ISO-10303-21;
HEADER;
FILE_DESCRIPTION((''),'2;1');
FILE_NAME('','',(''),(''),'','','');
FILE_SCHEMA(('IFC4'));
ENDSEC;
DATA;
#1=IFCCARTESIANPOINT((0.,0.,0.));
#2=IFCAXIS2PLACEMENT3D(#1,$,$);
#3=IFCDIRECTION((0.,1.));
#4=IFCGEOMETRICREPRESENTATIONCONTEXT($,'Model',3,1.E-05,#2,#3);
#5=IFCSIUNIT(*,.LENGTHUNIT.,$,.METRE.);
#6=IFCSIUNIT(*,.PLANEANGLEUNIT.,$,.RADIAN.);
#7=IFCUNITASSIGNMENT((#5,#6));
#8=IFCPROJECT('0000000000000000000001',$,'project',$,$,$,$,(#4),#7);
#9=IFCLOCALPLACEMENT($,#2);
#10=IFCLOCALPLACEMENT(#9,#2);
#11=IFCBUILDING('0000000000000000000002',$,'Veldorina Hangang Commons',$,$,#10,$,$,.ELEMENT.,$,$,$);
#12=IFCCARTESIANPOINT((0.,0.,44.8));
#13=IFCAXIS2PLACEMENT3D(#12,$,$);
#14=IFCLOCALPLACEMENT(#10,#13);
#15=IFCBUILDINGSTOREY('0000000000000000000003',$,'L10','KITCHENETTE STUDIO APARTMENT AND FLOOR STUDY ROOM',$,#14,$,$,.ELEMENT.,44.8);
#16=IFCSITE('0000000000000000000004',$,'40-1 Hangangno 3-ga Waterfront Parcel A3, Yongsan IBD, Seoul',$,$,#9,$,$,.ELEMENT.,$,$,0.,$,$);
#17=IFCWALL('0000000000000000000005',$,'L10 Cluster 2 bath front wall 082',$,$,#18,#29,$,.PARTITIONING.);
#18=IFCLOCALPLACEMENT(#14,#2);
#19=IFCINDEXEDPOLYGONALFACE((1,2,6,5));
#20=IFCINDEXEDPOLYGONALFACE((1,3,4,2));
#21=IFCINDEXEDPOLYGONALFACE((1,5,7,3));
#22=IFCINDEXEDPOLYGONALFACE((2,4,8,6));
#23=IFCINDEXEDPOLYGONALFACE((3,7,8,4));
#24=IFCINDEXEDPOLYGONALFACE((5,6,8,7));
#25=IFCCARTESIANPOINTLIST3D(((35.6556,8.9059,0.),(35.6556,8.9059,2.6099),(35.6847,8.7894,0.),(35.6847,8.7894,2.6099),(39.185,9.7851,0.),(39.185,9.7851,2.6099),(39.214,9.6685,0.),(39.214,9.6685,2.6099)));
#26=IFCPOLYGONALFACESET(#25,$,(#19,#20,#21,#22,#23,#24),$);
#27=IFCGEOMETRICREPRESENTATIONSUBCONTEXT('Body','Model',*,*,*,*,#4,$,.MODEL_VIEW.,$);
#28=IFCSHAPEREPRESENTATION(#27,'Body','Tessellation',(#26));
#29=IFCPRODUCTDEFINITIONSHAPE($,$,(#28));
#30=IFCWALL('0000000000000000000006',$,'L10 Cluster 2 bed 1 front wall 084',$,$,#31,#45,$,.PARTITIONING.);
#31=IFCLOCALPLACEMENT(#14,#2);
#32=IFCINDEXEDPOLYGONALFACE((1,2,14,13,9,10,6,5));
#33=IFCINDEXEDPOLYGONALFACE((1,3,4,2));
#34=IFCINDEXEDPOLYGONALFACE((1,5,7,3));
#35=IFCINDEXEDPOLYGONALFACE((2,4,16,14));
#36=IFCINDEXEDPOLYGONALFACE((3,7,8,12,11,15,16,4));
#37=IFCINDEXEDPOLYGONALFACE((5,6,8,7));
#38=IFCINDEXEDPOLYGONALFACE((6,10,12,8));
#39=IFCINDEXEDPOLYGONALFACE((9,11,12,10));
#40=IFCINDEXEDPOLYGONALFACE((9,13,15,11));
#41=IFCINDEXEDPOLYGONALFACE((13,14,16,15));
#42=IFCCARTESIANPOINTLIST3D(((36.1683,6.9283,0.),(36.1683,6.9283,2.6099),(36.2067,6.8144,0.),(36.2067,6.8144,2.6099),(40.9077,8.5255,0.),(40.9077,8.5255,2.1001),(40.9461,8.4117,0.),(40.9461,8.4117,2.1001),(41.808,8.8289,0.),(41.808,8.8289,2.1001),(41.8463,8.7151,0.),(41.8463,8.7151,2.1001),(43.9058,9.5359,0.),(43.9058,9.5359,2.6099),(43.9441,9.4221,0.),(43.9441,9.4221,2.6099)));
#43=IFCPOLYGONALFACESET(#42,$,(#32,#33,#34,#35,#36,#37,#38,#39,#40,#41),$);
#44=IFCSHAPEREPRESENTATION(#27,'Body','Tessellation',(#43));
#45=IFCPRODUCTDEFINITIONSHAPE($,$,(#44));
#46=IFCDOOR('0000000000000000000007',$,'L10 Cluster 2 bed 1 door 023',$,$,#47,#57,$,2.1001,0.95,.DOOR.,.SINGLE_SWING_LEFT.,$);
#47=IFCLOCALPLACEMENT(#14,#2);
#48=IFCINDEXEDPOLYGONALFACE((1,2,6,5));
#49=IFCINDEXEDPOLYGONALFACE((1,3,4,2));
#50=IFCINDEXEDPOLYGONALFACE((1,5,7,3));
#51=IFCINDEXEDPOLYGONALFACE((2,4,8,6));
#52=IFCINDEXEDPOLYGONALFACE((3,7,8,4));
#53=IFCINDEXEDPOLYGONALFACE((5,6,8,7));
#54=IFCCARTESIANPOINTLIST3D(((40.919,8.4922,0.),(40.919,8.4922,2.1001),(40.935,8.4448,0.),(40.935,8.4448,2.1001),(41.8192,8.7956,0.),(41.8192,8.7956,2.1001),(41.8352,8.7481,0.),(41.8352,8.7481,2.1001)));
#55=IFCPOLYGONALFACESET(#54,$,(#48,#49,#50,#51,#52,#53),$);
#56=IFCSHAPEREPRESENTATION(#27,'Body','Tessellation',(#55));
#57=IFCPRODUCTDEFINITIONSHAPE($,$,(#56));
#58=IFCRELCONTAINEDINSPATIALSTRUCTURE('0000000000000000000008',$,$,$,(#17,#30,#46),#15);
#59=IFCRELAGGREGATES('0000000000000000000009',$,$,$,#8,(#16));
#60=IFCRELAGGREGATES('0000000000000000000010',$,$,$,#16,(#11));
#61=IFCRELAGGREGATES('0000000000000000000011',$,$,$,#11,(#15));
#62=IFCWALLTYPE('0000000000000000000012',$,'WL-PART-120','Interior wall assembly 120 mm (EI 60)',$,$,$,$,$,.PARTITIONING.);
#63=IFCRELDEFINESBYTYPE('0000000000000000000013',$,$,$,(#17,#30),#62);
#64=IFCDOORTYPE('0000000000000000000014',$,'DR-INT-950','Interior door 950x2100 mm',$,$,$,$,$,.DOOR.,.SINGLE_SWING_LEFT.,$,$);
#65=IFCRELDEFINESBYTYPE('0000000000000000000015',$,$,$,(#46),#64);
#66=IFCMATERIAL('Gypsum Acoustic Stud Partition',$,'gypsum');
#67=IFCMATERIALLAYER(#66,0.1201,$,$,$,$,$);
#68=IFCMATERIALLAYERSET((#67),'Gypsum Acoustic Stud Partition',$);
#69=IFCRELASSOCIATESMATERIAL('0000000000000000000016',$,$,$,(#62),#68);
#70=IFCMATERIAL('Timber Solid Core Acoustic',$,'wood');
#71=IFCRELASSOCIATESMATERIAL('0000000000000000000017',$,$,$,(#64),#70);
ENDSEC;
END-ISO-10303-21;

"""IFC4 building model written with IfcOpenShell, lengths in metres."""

from ifc_helpers import new_model, si_unit, direction, frame, frame_2d, origin, place, context, subcontext, project, spatial, rectangle, extrude, material, layer, layer_set, type_object, element, fill, save


model = new_model("IFC4")

# Units and contexts
model_context = context("Model", 3, precision=1e-05, world=origin(), true_north=direction((0.0, 1.0)))
body_context = subcontext(model_context, "Body", "Model", "MODEL_VIEW")
ifc_project = project(units=[si_unit("LENGTHUNIT", "METRE"), si_unit("PLANEANGLEUNIT", "RADIAN")], contexts=[model_context])

# Site, building, storey
site_placement = place(None, origin())
site = spatial("IfcSite", under=ifc_project, at=site_placement, Name="40-1 Hangangno 3-ga Waterfront Parcel A3, Yongsan IBD, Seoul", CompositionType="ELEMENT", RefElevation=0.0)
building_placement = place(site_placement, origin())
building = spatial("IfcBuilding", under=site, at=building_placement, Name="Veldorina Hangang Commons", CompositionType="ELEMENT")
storey_placement = place(building_placement, frame((0.0, 0.0, 44.8)))
storey = spatial("IfcBuildingStorey", under=building, at=storey_placement, Name="L10", Description="KITCHENETTE STUDIO APARTMENT AND FLOOR STUDY ROOM", CompositionType="ELEMENT", Elevation=44.8)

# Wall
ifc_material_1 = material(Name="Gypsum Acoustic Stud Partition", Category="gypsum")
ifc_layer_1 = layer(ifc_material_1, 0.1201)
ifc_layer_set_1 = layer_set([ifc_layer_1], Name="Gypsum Acoustic Stud Partition")
wall_type_1 = type_object("IfcWallType", Name="WL-PART-120", Description="Interior wall assembly 120 mm (EI 60)", PredefinedType="PARTITIONING", material=ifc_layer_set_1)
wall_1_placement = place(storey_placement, frame((35.6702, 8.8477, 0.0), z_axis=(0.0, 0.0, 1.0), x_axis=(0.970347, 0.241714, 0.0)))
element("IfcWall", 1, at=wall_1_placement, inside=storey, type_object=wall_type_1, Name="L10 Cluster 2 bath front wall 082", PredefinedType="PARTITIONING", context=body_context, shape_type="SweptSolid", body=[
    extrude(rectangle(XDim=3.6372, YDim=0.1201, at=frame_2d((1.8186, 0.0))), origin(), (0.0, 0.0, 1.0), 2.6099),
])

# Wall, opening, door
wall_2_placement = place(storey_placement, frame((36.1875, 6.8713, 0.0), z_axis=(0.0, 0.0, 1.0), x_axis=(0.947632, 0.319366, 0.0)))
wall_2 = element("IfcWall", 2, at=wall_2_placement, inside=storey, type_object=wall_type_1, Name="L10 Cluster 2 bed 1 front wall 084", PredefinedType="PARTITIONING", context=body_context, shape_type="SweptSolid", body=[
    extrude(rectangle(XDim=8.165, YDim=0.1201, at=frame_2d((4.0825, 0.0))), origin(), (0.0, 0.0, 1.0), 2.6099),
])
opening_placement = place(wall_2_placement, frame((5.0012, 0.0, 0.0)))
opening = element("IfcOpeningElement", 3, at=opening_placement, cuts=wall_2, PredefinedType="OPENING", context=body_context, shape_type="SweptSolid", body=[
    extrude(rectangle(XDim=0.95, YDim=2.1001, at=frame_2d((0.4751, 1.05))), frame((0.0, 0.0701, 0.0), z_axis=(0.0, -1.0, 0.0), x_axis=(1.0, 0.0, 0.0)), (0.0, 0.0, 1.0), 0.1401),
])
ifc_material_2 = material(Name="Timber Solid Core Acoustic", Category="wood")
door_type = type_object("IfcDoorType", Name="DR-INT-950", Description="Interior door 950x2100 mm", OperationType="SINGLE_SWING_LEFT", PredefinedType="DOOR", material=ifc_material_2)
door_placement = place(opening_placement, origin())
door = element("IfcDoor", 4, at=door_placement, inside=storey, type_object=door_type, Name="L10 Cluster 2 bed 1 door 023", OperationType="SINGLE_SWING_LEFT", OverallHeight=2.1001, OverallWidth=0.95, PredefinedType="DOOR", context=body_context, shape_type="SweptSolid", body=[
    extrude(rectangle(XDim=0.95, YDim=2.1001, at=frame_2d((0.4751, 1.05))), frame((0.0, 0.0249, 0.0), z_axis=(0.0, -1.0, 0.0), x_axis=(1.0, 0.0, 0.0)), (0.0, 0.0, 1.0), 0.05),
])
fill(opening, door)

save(model, "model.ifc")
